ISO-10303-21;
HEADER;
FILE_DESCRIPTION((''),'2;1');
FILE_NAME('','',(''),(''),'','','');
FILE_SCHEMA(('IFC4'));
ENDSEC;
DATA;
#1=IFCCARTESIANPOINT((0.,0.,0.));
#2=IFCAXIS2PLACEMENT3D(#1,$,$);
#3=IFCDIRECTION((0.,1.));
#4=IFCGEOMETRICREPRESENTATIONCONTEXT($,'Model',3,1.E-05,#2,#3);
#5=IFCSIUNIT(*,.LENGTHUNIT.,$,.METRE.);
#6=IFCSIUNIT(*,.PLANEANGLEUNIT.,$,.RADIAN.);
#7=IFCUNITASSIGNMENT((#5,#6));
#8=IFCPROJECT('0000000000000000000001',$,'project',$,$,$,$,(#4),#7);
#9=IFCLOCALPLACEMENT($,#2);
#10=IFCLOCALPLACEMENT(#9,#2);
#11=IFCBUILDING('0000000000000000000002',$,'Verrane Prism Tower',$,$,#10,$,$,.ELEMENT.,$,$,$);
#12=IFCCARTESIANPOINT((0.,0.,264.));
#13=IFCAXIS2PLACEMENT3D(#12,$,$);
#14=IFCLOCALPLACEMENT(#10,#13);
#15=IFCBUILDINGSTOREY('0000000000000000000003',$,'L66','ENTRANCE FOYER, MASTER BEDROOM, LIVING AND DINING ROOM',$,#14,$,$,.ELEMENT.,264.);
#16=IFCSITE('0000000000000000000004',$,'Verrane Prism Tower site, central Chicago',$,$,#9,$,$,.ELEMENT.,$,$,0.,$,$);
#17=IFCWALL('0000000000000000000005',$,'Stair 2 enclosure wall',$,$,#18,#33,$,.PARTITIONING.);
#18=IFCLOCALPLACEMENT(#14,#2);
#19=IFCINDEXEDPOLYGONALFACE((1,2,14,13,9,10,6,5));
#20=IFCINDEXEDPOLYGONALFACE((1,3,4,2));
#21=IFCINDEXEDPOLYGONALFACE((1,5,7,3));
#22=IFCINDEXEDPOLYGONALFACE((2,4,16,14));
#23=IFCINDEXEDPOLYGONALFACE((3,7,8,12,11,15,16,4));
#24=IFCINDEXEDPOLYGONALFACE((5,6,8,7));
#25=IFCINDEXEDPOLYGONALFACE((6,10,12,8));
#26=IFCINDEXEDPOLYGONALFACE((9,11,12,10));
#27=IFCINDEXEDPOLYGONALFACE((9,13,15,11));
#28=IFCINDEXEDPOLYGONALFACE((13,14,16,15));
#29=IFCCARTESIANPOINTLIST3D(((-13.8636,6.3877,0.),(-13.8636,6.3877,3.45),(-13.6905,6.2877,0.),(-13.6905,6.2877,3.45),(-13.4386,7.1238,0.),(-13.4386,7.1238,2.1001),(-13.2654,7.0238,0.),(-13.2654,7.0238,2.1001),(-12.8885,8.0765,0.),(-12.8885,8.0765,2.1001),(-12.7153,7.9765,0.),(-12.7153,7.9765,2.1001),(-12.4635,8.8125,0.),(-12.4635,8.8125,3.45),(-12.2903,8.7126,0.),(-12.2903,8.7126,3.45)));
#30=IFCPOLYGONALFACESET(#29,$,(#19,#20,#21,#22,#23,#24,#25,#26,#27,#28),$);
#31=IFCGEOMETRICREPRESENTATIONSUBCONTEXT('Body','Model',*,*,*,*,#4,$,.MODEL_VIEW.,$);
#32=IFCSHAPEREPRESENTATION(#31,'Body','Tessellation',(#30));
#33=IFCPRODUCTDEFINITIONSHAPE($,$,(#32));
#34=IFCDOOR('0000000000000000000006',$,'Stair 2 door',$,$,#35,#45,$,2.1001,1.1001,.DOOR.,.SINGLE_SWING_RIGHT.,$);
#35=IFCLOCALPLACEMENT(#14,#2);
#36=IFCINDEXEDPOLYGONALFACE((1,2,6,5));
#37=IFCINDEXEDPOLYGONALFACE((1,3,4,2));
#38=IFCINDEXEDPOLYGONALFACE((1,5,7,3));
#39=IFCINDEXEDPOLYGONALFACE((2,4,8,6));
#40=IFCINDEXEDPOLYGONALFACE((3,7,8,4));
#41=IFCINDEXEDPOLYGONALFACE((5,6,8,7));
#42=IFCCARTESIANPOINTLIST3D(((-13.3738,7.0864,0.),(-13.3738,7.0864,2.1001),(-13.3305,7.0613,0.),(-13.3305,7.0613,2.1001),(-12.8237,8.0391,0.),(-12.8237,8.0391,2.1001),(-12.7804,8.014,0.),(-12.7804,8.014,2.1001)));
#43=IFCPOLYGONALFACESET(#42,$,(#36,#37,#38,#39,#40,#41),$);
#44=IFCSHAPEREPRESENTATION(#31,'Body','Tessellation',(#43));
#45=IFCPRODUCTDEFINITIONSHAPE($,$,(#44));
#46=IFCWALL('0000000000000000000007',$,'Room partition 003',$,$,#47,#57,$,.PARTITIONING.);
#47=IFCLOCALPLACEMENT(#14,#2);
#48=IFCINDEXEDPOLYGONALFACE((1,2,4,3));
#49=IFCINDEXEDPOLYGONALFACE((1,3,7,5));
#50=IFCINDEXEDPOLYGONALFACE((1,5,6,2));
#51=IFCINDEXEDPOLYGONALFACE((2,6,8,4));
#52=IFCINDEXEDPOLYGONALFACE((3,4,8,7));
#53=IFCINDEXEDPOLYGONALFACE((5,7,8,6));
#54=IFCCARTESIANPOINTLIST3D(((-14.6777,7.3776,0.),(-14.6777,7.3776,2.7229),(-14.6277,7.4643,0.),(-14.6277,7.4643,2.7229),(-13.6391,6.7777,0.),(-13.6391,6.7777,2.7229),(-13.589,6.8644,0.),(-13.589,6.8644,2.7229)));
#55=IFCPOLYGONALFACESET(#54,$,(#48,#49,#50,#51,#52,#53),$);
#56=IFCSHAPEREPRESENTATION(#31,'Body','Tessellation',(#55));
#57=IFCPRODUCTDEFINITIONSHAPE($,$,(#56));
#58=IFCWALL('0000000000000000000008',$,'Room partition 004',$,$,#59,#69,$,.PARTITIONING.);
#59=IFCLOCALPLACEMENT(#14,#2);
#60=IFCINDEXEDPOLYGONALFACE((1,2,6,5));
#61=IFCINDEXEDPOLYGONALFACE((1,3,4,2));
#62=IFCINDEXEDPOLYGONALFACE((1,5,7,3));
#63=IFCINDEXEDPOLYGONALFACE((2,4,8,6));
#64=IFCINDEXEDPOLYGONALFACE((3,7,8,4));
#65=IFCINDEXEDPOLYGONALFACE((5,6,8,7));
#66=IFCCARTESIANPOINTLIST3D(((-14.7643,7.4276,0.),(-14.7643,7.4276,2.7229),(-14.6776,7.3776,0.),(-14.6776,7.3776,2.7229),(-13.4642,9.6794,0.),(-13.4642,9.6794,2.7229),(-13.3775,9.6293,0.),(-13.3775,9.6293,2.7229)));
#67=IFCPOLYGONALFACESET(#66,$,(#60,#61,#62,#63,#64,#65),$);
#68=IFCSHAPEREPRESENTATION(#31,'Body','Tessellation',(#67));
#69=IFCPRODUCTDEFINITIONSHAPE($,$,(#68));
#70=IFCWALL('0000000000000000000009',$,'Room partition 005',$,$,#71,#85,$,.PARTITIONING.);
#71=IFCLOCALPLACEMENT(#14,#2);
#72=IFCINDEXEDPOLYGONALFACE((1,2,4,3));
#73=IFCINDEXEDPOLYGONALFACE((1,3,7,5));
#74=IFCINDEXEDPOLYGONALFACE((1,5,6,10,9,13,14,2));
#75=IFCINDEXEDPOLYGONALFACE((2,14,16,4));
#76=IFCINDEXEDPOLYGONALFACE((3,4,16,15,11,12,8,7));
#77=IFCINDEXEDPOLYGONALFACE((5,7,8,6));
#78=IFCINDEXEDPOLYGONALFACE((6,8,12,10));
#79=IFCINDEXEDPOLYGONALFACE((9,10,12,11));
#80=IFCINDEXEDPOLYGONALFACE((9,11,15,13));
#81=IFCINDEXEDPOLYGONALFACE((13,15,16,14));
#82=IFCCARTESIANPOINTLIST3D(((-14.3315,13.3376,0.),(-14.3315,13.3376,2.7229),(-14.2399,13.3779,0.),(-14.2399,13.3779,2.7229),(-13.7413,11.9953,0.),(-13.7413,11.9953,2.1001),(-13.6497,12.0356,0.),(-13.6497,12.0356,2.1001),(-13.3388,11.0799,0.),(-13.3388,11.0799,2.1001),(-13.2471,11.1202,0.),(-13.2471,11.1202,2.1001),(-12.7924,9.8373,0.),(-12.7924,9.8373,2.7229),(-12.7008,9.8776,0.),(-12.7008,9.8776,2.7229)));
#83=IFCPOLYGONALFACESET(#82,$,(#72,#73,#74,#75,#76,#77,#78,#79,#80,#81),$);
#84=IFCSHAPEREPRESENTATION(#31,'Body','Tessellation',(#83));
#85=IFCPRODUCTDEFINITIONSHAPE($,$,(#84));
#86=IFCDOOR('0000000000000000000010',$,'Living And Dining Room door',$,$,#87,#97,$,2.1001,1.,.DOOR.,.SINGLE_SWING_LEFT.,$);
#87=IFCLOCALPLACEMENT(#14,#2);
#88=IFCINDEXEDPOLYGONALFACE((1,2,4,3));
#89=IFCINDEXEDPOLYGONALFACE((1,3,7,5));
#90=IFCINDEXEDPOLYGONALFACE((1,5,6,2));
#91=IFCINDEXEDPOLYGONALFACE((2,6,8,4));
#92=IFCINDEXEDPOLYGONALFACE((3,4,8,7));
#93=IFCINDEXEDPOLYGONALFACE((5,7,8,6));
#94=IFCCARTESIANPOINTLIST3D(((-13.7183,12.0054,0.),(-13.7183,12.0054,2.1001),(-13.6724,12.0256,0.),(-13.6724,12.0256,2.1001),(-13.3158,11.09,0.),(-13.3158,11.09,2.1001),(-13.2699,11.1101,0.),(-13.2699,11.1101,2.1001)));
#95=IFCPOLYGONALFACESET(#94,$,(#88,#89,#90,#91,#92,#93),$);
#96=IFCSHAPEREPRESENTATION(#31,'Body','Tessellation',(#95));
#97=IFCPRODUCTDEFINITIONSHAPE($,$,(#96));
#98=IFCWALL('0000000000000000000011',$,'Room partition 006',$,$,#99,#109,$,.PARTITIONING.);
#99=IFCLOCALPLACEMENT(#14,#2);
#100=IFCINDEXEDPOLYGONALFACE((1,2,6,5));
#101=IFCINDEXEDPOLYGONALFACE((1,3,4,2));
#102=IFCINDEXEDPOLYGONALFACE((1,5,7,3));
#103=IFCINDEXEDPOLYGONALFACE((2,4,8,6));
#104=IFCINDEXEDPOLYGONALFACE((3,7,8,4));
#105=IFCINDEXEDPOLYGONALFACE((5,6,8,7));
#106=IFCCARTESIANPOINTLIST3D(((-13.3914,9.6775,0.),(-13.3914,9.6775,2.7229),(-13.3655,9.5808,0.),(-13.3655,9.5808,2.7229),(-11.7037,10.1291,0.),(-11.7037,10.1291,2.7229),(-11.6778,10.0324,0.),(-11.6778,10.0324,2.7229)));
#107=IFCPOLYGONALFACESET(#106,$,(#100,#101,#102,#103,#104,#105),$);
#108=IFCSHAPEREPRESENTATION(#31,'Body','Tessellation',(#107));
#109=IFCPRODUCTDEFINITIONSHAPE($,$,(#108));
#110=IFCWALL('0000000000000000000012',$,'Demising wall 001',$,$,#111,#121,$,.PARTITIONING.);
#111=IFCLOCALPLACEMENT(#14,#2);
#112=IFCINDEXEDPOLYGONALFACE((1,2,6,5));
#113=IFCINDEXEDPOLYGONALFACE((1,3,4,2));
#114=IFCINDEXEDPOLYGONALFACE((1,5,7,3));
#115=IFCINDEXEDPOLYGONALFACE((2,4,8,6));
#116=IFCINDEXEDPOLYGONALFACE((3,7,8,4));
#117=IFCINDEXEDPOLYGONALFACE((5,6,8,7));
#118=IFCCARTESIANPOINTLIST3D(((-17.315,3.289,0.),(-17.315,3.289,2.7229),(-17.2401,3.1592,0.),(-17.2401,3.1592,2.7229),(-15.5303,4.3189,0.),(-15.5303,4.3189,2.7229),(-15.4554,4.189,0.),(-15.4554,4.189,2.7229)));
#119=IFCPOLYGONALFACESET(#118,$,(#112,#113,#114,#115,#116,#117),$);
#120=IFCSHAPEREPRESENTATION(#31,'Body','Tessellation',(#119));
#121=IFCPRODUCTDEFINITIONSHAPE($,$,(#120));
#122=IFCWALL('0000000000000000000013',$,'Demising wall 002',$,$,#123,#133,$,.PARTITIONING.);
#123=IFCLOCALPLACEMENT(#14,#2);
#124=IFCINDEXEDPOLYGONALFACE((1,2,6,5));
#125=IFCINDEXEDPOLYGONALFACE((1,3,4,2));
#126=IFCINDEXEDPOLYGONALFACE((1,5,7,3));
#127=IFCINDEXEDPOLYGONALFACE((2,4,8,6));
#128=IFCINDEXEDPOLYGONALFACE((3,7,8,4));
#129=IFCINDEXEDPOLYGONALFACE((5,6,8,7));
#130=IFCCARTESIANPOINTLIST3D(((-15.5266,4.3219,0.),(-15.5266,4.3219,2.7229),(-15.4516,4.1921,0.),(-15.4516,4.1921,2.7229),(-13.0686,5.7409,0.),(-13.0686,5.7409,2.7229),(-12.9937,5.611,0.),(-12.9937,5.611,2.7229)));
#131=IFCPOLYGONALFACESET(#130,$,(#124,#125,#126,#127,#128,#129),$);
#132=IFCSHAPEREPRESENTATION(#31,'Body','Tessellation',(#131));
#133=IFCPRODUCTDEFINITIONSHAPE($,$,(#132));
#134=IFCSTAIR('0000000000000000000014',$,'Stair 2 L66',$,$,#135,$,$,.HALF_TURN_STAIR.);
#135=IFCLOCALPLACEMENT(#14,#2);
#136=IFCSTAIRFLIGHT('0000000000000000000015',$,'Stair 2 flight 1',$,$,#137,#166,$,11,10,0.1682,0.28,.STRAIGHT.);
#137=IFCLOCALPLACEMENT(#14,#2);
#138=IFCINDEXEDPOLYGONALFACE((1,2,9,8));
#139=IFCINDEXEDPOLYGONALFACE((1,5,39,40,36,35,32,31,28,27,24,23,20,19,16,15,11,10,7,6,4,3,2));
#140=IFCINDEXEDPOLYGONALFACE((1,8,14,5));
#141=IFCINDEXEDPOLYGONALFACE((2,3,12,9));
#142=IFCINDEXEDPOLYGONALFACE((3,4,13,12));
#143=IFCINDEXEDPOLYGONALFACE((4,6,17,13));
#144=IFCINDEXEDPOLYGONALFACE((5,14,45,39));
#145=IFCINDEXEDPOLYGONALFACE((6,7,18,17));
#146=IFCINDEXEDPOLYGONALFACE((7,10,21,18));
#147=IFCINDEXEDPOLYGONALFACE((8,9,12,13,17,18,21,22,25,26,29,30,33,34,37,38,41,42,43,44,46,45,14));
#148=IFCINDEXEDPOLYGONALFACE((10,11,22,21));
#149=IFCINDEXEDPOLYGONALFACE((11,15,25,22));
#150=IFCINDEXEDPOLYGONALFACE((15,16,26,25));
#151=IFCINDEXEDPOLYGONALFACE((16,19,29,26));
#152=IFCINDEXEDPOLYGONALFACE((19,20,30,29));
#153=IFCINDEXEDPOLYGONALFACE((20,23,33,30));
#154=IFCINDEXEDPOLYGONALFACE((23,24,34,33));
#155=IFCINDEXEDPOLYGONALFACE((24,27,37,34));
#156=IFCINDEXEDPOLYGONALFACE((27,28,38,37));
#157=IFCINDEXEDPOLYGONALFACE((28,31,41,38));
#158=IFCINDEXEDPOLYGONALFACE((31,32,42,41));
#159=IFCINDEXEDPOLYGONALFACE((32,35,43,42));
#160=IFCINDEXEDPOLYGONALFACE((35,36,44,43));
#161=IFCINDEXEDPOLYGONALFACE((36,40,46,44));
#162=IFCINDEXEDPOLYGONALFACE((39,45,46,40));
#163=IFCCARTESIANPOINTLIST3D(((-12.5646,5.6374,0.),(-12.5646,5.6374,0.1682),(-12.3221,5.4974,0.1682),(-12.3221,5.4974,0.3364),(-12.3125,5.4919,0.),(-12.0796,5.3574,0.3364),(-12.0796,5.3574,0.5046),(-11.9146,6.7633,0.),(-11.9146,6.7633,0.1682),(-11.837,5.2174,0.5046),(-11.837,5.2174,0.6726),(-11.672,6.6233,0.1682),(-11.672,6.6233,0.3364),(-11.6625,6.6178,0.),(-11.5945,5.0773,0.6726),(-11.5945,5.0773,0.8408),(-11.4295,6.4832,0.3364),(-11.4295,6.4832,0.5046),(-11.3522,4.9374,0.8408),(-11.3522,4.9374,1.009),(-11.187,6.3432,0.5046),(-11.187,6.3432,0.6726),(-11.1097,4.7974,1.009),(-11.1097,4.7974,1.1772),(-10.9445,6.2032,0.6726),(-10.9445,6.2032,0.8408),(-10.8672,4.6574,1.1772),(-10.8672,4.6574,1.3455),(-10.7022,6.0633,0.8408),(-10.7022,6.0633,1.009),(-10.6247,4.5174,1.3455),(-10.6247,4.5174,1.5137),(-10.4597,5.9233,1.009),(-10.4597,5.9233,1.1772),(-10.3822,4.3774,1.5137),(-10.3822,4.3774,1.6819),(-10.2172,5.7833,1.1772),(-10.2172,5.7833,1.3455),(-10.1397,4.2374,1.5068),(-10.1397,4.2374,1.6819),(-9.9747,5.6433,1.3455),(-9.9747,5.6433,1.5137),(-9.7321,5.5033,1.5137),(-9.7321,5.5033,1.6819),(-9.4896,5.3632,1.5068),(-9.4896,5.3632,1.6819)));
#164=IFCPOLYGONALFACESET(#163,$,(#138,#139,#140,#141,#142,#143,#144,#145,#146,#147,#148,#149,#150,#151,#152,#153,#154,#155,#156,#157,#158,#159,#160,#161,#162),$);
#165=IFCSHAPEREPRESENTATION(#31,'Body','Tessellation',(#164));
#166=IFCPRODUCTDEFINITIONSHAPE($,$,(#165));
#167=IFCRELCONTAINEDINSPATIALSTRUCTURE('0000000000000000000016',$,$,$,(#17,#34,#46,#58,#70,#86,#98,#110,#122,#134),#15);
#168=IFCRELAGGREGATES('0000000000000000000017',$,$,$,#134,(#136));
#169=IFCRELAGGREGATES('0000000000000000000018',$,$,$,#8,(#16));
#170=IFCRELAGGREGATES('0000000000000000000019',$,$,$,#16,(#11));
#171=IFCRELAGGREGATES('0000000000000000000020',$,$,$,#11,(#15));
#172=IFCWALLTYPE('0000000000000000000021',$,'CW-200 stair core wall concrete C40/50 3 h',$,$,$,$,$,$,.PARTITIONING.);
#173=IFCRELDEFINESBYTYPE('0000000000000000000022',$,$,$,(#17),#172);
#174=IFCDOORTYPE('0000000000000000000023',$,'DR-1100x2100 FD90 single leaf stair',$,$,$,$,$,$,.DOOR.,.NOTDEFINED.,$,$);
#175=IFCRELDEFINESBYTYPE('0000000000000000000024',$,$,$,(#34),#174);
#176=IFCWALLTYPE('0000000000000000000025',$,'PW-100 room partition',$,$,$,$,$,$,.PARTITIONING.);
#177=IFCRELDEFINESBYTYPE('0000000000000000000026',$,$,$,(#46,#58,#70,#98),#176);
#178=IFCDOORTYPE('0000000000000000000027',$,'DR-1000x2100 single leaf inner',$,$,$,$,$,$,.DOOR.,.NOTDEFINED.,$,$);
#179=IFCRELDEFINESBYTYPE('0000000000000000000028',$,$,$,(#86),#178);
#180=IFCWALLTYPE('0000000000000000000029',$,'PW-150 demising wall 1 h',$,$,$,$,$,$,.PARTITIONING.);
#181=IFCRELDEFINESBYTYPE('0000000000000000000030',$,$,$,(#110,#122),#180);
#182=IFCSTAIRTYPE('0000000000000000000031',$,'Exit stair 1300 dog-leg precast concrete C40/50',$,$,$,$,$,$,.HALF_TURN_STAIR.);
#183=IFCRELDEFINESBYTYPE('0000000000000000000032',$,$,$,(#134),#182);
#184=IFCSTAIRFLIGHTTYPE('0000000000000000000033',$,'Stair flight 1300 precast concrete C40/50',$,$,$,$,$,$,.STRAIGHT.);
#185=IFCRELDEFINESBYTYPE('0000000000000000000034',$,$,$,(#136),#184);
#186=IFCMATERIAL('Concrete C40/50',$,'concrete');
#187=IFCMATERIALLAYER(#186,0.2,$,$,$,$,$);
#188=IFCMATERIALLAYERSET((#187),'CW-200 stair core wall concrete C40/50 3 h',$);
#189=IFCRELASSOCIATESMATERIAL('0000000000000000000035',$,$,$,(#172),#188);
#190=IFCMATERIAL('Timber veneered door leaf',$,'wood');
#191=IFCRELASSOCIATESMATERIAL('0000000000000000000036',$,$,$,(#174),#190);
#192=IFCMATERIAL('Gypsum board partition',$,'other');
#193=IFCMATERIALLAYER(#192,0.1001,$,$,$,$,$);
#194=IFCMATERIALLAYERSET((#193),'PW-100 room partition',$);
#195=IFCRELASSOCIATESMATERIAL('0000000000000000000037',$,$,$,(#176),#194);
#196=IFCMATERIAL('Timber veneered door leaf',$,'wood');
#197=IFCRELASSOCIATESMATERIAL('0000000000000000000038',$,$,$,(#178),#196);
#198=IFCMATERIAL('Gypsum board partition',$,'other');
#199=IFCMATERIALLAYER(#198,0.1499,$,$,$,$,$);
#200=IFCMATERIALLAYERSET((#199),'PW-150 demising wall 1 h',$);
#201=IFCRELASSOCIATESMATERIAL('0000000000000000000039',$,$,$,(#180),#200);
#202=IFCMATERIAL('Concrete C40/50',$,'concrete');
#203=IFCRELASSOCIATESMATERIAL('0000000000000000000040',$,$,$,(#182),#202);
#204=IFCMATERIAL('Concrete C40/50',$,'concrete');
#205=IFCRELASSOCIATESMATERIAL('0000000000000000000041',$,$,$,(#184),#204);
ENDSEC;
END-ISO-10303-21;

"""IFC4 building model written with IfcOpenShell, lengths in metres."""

from ifc_helpers import new_model, si_unit, direction, frame, frame_2d, origin, place, context, subcontext, project, spatial, polyline, rectangle, outline, extrude, material, layer, layer_set, type_object, element, fill, aggregate, save


model = new_model("IFC4")

# Units and contexts
model_context = context("Model", 3, precision=1e-05, world=origin(), true_north=direction((0.0, 1.0)))
body_context = subcontext(model_context, "Body", "Model", "MODEL_VIEW")
ifc_project = project(units=[si_unit("LENGTHUNIT", "METRE"), si_unit("PLANEANGLEUNIT", "RADIAN")], contexts=[model_context])

# Site, building, storey
site_placement = place(None, origin())
site = spatial("IfcSite", under=ifc_project, at=site_placement, Name="Verrane Prism Tower site, central Chicago", CompositionType="ELEMENT", RefElevation=0.0)
building_placement = place(site_placement, origin())
building = spatial("IfcBuilding", under=site, at=building_placement, Name="Verrane Prism Tower", CompositionType="ELEMENT")
storey_placement = place(building_placement, frame((0.0, 0.0, 264.0)))
storey = spatial("IfcBuildingStorey", under=building, at=storey_placement, Name="L66", Description="ENTRANCE FOYER, MASTER BEDROOM, LIVING AND DINING ROOM", CompositionType="ELEMENT", Elevation=264.0)

# Wall, opening, door
ifc_material_1 = material(Name="Concrete C40/50", Category="concrete")
ifc_layer_1 = layer(ifc_material_1, 0.2)
ifc_layer_set_1 = layer_set([ifc_layer_1], Name="CW-200 stair core wall concrete C40/50 3 h")
wall_type_1 = type_object("IfcWallType", Name="CW-200 stair core wall concrete C40/50 3 h", PredefinedType="PARTITIONING", material=ifc_layer_set_1)
wall_1_placement = place(storey_placement, frame((-12.377, 8.7625, 0.0), z_axis=(0.0, 0.0, 1.0), x_axis=(-0.50005, -0.865997, 0.0)))
wall_1 = element("IfcWall", 1, at=wall_1_placement, inside=storey, type_object=wall_type_1, Name="Stair 2 enclosure wall", PredefinedType="PARTITIONING", context=body_context, shape_type="SweptSolid", body=[
    extrude(rectangle(XDim=2.8, YDim=0.2, at=frame_2d((1.3999, 0.0))), origin(), (0.0, 0.0, 1.0), 3.45),
])
opening_1_placement = place(wall_1_placement, frame((0.8499, 0.0, 0.0)))
opening_1 = element("IfcOpeningElement", 2, at=opening_1_placement, cuts=wall_1, PredefinedType="OPENING", context=body_context, shape_type="SweptSolid", body=[
    extrude(rectangle(XDim=1.1001, YDim=2.1001, at=frame_2d((0.55, 1.05))), frame((0.0, 0.1099, 0.0), z_axis=(0.0, -1.0, 0.0), x_axis=(1.0, 0.0, 0.0)), (0.0, 0.0, 1.0), 0.22),
])
ifc_material_2 = material(Name="Timber veneered door leaf", Category="wood")
door_type_1 = type_object("IfcDoorType", Name="DR-1100x2100 FD90 single leaf stair", OperationType="NOTDEFINED", PredefinedType="DOOR", material=ifc_material_2)
door_1_placement = place(opening_1_placement, origin())
door_1 = element("IfcDoor", 3, at=door_1_placement, inside=storey, type_object=door_type_1, Name="Stair 2 door", OperationType="SINGLE_SWING_RIGHT", OverallHeight=2.1001, OverallWidth=1.1001, PredefinedType="DOOR", context=body_context, shape_type="SweptSolid", body=[
    extrude(rectangle(XDim=1.1001, YDim=2.1001, at=frame_2d((0.55, 1.05))), frame((0.0, 0.0249, 0.0), z_axis=(0.0, -1.0, 0.0), x_axis=(1.0, 0.0, 0.0)), (0.0, 0.0, 1.0), 0.05),
])
fill(opening_1, door_1)

# Walls
ifc_material_3 = material(Name="Gypsum board partition", Category="other")
ifc_layer_2 = layer(ifc_material_3, 0.1001)
ifc_layer_set_2 = layer_set([ifc_layer_2], Name="PW-100 room partition")
wall_type_2 = type_object("IfcWallType", Name="PW-100 room partition", PredefinedType="PARTITIONING", material=ifc_layer_set_2)
wall_2_placement = place(storey_placement, frame((-14.6526, 7.4209, 0.0), z_axis=(0.0, 0.0, 1.0), x_axis=(0.865941, -0.500145, 0.0)))
element("IfcWall", 4, at=wall_2_placement, inside=storey, type_object=wall_type_2, Name="Room partition 003", PredefinedType="PARTITIONING", context=body_context, shape_type="SweptSolid", body=[
    extrude(rectangle(XDim=1.1995, YDim=0.1001, at=frame_2d((0.5996, 0.0))), origin(), (0.0, 0.0, 1.0), 2.7229),
])
wall_3_placement = place(storey_placement, frame((-14.7209, 7.4026, 0.0), z_axis=(0.0, 0.0, 1.0), x_axis=(0.500007, 0.866021, 0.0)))
element("IfcWall", 5, at=wall_3_placement, inside=storey, type_object=wall_type_2, Name="Room partition 004", PredefinedType="PARTITIONING", context=body_context, shape_type="SweptSolid", body=[
    extrude(rectangle(XDim=2.6001, YDim=0.1001, at=frame_2d((1.3, 0.0))), origin(), (0.0, 0.0, 1.0), 2.7229),
])

# Wall, opening, door
wall_4_placement = place(storey_placement, frame((-12.7466, 9.8574, 0.0), z_axis=(0.0, 0.0, 1.0), x_axis=(-0.40251, 0.915416, 0.0)))
wall_4 = element("IfcWall", 6, at=wall_4_placement, inside=storey, type_object=wall_type_2, Name="Room partition 005", PredefinedType="PARTITIONING", context=body_context, shape_type="SweptSolid", body=[
    extrude(rectangle(XDim=3.8237, YDim=0.1001, at=frame_2d((1.9119, 0.0))), origin(), (0.0, 0.0, 1.0), 2.7229),
])
opening_2_placement = place(wall_4_placement, frame((1.3574, 0.0, 0.0)))
opening_2 = element("IfcOpeningElement", 7, at=opening_2_placement, cuts=wall_4, PredefinedType="OPENING", context=body_context, shape_type="SweptSolid", body=[
    extrude(rectangle(XDim=1.0, YDim=2.1001, at=frame_2d((0.5, 1.05))), frame((0.0, 0.0601, 0.0), z_axis=(0.0, -1.0, 0.0), x_axis=(1.0, 0.0, 0.0)), (0.0, 0.0, 1.0), 0.1201),
])
ifc_material_4 = material(Name="Timber veneered door leaf", Category="wood")
door_type_2 = type_object("IfcDoorType", Name="DR-1000x2100 single leaf inner", OperationType="NOTDEFINED", PredefinedType="DOOR", material=ifc_material_4)
door_2_placement = place(opening_2_placement, origin())
door_2 = element("IfcDoor", 8, at=door_2_placement, inside=storey, type_object=door_type_2, Name="Living And Dining Room door", OperationType="SINGLE_SWING_LEFT", OverallHeight=2.1001, OverallWidth=1.0, PredefinedType="DOOR", context=body_context, shape_type="SweptSolid", body=[
    extrude(rectangle(XDim=1.0, YDim=2.1001, at=frame_2d((0.5, 1.05))), frame((0.0, 0.0249, 0.0), z_axis=(0.0, -1.0, 0.0), x_axis=(1.0, 0.0, 0.0)), (0.0, 0.0, 1.0), 0.05),
])
fill(opening_2, door_2)

# Walls
wall_5_placement = place(storey_placement, frame((-13.3784, 9.6292, 0.0), z_axis=(0.0, 0.0, 1.0), x_axis=(0.966007, 0.258515, 0.0)))
element("IfcWall", 9, at=wall_5_placement, inside=storey, type_object=wall_type_2, Name="Room partition 006", PredefinedType="PARTITIONING", context=body_context, shape_type="SweptSolid", body=[
    extrude(rectangle(XDim=1.7471, YDim=0.1001, at=frame_2d((0.8735, 0.0))), origin(), (0.0, 0.0, 1.0), 2.7229),
])
ifc_material_5 = material(Name="Gypsum board partition", Category="other")
ifc_layer_3 = layer(ifc_material_5, 0.1499)
ifc_layer_set_3 = layer_set([ifc_layer_3], Name="PW-150 demising wall 1 h")
wall_type_3 = type_object("IfcWallType", Name="PW-150 demising wall 1 h", PredefinedType="PARTITIONING", material=ifc_layer_set_3)
wall_6_placement = place(storey_placement, frame((-17.2776, 3.2241, 0.0), z_axis=(0.0, 0.0, 1.0), x_axis=(0.86615, 0.499784, 0.0)))
element("IfcWall", 10, at=wall_6_placement, inside=storey, type_object=wall_type_3, Name="Demising wall 001", PredefinedType="PARTITIONING", context=body_context, shape_type="SweptSolid", body=[
    extrude(rectangle(XDim=2.0605, YDim=0.1499, at=frame_2d((1.0303, 0.0))), origin(), (0.0, 0.0, 1.0), 2.7229),
])
wall_7_placement = place(storey_placement, frame((-15.489, 4.2571, 0.0), z_axis=(0.0, 0.0, 1.0), x_axis=(0.866054, 0.499951, 0.0)))
element("IfcWall", 11, at=wall_7_placement, inside=storey, type_object=wall_type_3, Name="Demising wall 002", PredefinedType="PARTITIONING", context=body_context, shape_type="SweptSolid", body=[
    extrude(rectangle(XDim=2.8381, YDim=0.1499, at=frame_2d((1.4189, 0.0))), origin(), (0.0, 0.0, 1.0), 2.7229),
])

# Stair, stair flight
ifc_material_6 = material(Name="Concrete C40/50", Category="concrete")
stair_type = type_object("IfcStairType", Name="Exit stair 1300 dog-leg precast concrete C40/50", PredefinedType="HALF_TURN_STAIR", material=ifc_material_6)
stair_placement = place(storey_placement, origin())
stair = element("IfcStair", 12, at=stair_placement, inside=storey, type_object=stair_type, Name="Stair 2 L66", PredefinedType="HALF_TURN_STAIR")
ifc_material_7 = material(Name="Concrete C40/50", Category="concrete")
stair_flight_type = type_object("IfcStairFlightType", Name="Stair flight 1300 precast concrete C40/50", PredefinedType="STRAIGHT", material=ifc_material_7)
stair_flight_placement = place(storey_placement, frame((-12.2395, 6.2004, 0.0), z_axis=(0.0, 0.0, 1.0), x_axis=(0.866025, -0.5, 0.0)))
stair_flight = element("IfcStairFlight", 13, at=stair_flight_placement, type_object=stair_flight_type, Name="Stair 2 flight 1", NumberOfRisers=11, NumberOfTreads=10, PredefinedType="STRAIGHT", RiserHeight=0.1682, TreadLength=0.28, context=body_context, shape_type="SweptSolid", body=[
    extrude(outline(polyline([(0.0, 0.0), (0.0, 0.1682), (0.28, 0.1682), (0.28, 0.3364), (0.5601, 0.3364), (0.5601, 0.5046), (0.8401, 0.5046), (0.8401, 0.6726), (1.1201, 0.6726), (1.1201, 0.8408), (1.3999, 0.8408), (1.3999, 1.009), (1.6799, 1.009), (1.6799, 1.1772), (1.96, 1.1772), (1.96, 1.3455), (2.24, 1.3455), (2.24, 1.5137), (2.52, 1.5137), (2.52, 1.6819), (2.8, 1.6819), (2.8, 1.8501), (2.8, 1.5068), (0.291, 0.0), (0.0, 0.0)])), frame((0.0, 0.6499, 0.0), z_axis=(0.0, -1.0, 0.0), x_axis=(1.0, 0.0, 0.0)), (0.0, 0.0, 1.0), 1.3),
])
aggregate(stair, [stair_flight])

save(model, "model.ifc")
